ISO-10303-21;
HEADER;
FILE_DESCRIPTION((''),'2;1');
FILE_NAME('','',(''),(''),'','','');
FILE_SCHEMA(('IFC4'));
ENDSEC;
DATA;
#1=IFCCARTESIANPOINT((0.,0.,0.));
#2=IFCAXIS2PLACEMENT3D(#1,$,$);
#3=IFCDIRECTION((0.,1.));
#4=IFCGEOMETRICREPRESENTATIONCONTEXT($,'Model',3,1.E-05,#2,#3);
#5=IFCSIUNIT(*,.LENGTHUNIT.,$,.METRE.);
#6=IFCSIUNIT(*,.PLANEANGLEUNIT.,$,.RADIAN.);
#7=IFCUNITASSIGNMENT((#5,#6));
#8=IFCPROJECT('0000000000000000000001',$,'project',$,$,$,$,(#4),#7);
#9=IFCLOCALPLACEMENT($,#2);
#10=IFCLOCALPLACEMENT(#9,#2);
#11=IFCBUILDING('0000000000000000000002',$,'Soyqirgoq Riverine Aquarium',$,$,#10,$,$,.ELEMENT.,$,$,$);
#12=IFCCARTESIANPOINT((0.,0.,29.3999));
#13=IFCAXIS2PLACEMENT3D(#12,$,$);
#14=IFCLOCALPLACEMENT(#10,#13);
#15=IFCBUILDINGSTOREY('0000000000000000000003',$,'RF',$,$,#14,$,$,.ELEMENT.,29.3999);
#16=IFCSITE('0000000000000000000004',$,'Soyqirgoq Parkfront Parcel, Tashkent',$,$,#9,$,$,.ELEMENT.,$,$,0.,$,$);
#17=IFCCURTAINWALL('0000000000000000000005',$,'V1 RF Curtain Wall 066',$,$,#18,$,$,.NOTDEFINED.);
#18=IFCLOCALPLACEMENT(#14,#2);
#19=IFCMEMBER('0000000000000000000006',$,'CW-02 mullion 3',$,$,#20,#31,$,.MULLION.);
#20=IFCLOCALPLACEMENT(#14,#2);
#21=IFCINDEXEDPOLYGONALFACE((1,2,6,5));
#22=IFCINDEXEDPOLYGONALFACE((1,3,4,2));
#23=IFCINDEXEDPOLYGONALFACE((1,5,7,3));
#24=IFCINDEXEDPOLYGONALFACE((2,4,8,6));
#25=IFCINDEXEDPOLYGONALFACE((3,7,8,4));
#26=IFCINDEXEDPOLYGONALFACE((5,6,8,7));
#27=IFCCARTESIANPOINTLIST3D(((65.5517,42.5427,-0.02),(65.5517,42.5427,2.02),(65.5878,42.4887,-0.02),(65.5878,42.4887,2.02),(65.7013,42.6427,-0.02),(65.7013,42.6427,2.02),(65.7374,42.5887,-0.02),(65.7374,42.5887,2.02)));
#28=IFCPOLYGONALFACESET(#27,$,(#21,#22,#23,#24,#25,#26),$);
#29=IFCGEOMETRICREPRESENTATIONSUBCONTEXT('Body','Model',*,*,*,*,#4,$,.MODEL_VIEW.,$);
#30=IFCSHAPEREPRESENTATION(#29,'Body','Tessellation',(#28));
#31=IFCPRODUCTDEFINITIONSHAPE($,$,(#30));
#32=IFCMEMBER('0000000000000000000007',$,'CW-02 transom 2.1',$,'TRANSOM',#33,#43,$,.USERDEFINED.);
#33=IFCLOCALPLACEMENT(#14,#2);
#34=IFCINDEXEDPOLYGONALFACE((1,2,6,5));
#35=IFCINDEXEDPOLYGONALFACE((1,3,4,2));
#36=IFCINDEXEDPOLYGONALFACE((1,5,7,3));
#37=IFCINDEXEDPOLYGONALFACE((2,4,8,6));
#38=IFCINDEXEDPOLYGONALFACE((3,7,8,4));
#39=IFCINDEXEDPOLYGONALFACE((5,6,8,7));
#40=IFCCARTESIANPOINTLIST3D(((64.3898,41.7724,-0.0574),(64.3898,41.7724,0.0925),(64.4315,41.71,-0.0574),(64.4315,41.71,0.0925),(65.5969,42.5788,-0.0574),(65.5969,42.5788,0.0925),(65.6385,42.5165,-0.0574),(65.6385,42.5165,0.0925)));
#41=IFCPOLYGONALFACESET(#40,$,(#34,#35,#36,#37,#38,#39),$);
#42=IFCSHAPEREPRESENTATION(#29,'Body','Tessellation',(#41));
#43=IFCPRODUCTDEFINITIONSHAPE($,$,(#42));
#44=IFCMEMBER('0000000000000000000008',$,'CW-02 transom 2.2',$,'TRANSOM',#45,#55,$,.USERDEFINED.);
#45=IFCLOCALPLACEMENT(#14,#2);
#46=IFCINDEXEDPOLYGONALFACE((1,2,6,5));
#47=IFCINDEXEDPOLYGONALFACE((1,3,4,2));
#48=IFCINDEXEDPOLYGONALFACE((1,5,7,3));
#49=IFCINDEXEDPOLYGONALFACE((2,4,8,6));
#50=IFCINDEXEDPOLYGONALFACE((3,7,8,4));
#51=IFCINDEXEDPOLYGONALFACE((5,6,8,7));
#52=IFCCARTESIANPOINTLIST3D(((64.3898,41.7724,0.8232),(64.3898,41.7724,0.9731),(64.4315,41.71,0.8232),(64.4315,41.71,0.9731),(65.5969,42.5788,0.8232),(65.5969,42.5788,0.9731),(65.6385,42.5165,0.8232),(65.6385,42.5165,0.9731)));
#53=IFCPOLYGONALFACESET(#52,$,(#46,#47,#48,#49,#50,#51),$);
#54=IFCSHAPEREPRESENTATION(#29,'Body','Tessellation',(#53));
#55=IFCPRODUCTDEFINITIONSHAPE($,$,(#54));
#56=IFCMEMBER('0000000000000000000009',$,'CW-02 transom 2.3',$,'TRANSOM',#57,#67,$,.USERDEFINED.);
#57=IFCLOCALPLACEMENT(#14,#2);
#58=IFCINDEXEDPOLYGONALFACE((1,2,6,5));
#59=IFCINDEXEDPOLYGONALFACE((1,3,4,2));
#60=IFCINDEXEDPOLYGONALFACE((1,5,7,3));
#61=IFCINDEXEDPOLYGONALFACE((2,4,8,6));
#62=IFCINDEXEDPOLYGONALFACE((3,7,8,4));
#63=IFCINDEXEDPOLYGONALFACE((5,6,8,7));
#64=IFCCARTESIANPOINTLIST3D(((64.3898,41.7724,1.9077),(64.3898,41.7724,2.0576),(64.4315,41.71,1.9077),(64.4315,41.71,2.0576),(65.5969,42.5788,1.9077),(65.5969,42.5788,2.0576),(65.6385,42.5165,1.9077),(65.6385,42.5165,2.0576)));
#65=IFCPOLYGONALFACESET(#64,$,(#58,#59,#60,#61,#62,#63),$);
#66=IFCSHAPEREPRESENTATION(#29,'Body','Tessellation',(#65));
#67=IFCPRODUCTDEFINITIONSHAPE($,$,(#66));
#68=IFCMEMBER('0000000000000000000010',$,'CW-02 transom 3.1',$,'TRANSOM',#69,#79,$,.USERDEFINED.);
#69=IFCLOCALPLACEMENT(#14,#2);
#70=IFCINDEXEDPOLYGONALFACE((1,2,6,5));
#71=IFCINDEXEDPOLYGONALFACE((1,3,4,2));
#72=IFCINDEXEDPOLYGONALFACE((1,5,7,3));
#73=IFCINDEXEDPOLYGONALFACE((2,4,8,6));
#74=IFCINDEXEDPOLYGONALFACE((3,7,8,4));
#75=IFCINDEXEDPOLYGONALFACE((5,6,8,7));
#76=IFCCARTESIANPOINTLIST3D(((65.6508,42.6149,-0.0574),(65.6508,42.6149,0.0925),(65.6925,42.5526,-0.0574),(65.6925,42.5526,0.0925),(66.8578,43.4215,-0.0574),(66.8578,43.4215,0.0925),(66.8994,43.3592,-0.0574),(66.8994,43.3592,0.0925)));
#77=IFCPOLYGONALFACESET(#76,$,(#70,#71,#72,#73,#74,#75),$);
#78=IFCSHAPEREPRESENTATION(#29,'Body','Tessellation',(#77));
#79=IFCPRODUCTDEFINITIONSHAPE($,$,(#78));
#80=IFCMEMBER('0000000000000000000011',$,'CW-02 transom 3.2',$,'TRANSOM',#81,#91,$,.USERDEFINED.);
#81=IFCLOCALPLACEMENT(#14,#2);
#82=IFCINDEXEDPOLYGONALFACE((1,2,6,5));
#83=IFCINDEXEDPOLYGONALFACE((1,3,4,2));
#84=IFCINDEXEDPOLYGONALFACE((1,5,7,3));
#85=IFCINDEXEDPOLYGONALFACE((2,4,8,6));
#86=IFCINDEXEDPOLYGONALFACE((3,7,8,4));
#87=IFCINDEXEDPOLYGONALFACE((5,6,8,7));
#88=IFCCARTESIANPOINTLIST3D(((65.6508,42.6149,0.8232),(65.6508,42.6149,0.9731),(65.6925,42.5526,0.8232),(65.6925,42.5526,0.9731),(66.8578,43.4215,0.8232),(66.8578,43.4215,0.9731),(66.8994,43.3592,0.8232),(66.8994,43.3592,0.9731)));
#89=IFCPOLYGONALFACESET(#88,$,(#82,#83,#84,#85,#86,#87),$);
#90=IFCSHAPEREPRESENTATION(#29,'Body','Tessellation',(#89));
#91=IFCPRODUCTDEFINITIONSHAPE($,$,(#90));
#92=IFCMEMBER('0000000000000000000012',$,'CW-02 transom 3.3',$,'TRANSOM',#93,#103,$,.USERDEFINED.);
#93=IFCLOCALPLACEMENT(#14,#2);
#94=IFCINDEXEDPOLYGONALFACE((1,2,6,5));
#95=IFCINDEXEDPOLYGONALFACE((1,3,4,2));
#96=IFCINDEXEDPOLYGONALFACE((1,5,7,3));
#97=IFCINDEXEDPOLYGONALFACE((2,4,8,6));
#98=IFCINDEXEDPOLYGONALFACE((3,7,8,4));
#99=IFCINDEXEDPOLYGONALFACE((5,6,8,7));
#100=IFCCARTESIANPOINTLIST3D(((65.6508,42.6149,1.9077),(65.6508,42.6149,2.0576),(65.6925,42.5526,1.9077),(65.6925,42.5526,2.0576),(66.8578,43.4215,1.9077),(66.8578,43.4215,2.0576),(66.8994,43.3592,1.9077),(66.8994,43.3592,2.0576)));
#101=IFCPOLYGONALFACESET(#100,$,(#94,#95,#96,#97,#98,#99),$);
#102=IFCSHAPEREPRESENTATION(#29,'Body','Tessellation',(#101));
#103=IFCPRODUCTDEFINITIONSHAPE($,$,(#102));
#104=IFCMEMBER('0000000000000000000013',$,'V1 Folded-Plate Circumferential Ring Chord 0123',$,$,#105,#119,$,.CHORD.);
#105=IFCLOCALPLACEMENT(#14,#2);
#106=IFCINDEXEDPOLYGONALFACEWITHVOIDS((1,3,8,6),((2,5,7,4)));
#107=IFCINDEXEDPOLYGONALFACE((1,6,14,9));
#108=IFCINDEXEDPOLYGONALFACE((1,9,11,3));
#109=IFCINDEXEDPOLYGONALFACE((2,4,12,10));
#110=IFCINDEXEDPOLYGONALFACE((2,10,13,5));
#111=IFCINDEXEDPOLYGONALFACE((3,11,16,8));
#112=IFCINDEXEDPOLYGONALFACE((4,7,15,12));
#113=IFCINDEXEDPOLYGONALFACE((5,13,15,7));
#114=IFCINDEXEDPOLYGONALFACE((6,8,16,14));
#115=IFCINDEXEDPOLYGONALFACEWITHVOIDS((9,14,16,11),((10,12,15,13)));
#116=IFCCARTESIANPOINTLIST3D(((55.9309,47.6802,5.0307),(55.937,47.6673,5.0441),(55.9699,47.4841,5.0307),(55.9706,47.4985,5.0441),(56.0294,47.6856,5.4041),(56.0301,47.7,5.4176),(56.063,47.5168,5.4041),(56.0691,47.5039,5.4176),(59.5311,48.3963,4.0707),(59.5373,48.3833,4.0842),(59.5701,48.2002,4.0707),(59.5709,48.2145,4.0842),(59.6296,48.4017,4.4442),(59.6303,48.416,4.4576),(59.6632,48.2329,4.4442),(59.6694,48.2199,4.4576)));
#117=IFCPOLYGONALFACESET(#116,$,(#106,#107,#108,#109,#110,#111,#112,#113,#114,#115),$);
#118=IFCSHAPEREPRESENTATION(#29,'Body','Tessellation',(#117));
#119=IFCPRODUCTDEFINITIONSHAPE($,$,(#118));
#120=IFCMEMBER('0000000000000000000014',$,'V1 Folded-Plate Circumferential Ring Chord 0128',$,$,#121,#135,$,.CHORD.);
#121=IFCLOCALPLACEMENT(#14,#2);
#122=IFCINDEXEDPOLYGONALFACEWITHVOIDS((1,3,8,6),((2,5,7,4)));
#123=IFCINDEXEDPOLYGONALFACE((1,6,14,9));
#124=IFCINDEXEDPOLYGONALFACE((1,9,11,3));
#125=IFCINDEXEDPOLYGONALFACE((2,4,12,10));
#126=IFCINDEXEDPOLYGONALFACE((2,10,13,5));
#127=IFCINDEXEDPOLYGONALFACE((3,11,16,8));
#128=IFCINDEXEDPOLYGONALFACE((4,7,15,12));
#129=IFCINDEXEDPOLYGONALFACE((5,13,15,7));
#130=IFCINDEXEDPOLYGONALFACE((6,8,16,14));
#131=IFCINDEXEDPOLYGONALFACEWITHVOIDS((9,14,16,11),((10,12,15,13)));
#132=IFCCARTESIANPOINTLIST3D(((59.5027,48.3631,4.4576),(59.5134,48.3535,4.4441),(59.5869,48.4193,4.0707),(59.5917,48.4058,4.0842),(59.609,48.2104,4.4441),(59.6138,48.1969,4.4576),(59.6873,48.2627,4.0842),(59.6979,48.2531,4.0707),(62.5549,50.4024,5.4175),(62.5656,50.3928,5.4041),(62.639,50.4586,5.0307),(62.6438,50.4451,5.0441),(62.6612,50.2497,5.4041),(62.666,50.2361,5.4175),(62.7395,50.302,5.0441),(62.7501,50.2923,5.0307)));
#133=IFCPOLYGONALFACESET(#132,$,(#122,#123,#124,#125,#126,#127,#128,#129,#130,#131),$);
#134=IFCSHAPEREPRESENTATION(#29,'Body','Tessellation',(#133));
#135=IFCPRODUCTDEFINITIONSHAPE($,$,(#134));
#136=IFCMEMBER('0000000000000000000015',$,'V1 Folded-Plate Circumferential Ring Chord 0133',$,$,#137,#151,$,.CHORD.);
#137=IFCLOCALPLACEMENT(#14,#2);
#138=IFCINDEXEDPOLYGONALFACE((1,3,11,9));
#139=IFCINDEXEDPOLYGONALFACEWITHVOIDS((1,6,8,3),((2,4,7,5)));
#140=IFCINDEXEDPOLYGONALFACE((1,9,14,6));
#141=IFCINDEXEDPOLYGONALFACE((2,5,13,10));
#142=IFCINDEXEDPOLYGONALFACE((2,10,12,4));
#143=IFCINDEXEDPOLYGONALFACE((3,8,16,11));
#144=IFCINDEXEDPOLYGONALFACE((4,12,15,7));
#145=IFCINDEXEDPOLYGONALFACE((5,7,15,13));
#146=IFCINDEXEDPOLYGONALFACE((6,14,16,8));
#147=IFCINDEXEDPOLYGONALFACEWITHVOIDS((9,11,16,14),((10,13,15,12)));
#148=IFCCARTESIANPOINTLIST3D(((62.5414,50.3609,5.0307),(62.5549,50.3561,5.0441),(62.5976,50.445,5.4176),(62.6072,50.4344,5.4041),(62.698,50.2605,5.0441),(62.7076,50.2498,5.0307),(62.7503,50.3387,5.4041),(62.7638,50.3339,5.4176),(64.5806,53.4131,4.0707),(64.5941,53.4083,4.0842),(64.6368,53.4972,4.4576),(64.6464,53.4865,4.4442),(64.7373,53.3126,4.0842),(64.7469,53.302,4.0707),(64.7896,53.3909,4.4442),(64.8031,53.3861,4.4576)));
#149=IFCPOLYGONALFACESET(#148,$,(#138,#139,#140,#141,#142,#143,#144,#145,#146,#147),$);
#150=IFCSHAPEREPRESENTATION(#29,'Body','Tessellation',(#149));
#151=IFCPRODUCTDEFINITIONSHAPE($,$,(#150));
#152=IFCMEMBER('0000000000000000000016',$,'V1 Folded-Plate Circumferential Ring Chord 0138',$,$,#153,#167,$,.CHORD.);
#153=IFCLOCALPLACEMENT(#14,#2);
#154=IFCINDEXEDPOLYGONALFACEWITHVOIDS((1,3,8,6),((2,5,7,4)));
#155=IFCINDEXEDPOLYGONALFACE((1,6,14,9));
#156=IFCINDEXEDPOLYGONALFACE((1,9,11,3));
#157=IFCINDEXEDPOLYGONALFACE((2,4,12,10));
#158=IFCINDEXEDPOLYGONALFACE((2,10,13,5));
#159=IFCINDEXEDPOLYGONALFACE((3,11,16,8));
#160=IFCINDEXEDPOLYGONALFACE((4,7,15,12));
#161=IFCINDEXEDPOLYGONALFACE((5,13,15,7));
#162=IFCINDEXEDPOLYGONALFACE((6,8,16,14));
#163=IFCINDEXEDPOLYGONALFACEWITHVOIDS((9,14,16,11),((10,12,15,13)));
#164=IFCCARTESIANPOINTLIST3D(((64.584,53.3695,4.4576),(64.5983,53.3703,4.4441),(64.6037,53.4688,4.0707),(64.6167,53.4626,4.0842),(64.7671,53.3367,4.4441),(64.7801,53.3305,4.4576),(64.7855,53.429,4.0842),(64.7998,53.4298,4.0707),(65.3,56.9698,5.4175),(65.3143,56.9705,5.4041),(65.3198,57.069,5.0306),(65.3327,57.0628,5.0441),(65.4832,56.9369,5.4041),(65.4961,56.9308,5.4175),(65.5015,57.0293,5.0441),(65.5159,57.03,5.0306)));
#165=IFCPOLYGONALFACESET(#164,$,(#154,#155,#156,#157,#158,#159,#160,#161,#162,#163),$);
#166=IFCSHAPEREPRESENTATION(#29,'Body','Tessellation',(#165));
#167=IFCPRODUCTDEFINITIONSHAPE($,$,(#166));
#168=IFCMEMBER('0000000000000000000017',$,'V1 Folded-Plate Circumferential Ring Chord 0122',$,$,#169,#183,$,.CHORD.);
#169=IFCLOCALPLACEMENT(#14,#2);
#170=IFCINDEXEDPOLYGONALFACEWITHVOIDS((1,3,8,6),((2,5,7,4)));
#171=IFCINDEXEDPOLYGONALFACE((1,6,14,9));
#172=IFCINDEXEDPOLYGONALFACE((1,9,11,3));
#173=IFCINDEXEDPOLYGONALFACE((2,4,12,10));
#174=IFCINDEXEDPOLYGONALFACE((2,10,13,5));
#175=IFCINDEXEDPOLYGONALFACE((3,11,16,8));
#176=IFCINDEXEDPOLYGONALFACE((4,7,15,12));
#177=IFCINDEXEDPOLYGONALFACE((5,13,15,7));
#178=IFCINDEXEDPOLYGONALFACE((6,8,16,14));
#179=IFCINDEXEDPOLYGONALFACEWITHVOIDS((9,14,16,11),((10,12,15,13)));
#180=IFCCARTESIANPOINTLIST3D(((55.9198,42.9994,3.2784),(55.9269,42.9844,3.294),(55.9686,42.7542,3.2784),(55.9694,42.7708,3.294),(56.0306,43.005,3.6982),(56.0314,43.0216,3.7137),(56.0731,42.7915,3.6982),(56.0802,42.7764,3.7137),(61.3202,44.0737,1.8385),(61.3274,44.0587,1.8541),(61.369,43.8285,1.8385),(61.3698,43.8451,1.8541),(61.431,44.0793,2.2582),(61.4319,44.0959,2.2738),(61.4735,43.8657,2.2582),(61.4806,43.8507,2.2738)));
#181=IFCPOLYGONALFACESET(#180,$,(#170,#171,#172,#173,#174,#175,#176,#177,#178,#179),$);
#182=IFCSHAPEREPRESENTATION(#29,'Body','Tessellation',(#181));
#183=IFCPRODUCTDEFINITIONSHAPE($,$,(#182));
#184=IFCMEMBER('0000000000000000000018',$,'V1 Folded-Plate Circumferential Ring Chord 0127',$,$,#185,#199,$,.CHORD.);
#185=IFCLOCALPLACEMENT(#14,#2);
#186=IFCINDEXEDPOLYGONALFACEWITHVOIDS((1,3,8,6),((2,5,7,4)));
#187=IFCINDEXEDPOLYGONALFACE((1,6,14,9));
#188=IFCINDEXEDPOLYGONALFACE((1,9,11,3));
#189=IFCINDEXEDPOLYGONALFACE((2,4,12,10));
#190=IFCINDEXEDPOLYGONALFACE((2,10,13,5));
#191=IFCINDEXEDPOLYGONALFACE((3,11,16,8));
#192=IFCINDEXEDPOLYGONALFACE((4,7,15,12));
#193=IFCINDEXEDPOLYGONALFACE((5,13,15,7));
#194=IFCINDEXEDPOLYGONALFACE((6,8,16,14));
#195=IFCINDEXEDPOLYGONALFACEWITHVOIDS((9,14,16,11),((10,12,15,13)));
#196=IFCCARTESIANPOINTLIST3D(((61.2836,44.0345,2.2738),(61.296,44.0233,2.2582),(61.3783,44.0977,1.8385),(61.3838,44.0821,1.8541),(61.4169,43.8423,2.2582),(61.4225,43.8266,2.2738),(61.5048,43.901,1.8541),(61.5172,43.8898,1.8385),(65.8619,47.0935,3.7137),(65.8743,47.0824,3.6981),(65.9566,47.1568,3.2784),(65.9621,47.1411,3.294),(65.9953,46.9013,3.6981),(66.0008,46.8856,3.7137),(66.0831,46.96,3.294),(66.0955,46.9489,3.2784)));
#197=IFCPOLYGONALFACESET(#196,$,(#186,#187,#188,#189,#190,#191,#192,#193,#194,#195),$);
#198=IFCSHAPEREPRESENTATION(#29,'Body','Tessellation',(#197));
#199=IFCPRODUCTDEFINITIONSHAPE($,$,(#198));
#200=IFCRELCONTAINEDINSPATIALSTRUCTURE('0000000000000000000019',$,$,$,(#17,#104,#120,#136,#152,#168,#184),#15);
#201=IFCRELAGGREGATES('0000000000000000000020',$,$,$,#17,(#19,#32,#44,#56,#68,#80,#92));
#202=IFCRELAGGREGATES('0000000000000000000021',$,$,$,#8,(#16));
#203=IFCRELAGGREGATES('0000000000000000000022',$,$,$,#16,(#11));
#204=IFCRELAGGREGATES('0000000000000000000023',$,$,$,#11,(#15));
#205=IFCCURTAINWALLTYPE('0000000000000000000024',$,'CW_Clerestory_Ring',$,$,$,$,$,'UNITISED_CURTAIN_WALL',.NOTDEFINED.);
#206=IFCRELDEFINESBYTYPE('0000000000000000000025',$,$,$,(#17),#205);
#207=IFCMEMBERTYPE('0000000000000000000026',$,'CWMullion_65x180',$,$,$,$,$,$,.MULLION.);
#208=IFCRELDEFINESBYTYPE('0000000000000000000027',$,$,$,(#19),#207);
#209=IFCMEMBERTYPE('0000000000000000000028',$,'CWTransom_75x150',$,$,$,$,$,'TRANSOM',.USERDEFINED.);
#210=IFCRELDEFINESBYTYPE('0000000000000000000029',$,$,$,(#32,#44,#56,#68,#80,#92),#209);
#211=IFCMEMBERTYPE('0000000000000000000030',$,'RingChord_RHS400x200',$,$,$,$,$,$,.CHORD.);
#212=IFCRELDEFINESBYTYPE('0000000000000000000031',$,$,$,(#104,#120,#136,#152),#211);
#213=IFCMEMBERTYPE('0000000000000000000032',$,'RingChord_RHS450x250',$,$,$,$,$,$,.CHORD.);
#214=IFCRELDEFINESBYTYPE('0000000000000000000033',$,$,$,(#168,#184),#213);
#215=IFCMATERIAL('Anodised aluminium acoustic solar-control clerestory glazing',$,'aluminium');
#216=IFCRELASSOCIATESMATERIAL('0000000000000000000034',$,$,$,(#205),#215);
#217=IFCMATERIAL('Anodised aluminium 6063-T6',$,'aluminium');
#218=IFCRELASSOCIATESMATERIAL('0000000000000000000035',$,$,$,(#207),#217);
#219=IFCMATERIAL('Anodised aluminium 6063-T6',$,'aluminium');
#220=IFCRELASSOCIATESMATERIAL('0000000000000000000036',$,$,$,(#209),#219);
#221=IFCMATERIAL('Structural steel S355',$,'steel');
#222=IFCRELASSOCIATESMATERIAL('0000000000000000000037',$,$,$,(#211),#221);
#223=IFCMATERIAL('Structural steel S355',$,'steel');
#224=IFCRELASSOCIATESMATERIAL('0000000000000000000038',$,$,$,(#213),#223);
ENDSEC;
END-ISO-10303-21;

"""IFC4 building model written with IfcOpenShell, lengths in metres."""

from ifc_helpers import new_model, si_unit, direction, frame, origin, origin_2d, place, context, subcontext, project, spatial, rectangle, hollow_rectangle, extrude, material, material_profile, profile_set, type_object, element, aggregate, save


model = new_model("IFC4")

# Units and contexts
model_context = context("Model", 3, precision=1e-05, world=origin(), true_north=direction((0.0, 1.0)))
body_context = subcontext(model_context, "Body", "Model", "MODEL_VIEW")
ifc_project = project(units=[si_unit("LENGTHUNIT", "METRE"), si_unit("PLANEANGLEUNIT", "RADIAN")], contexts=[model_context])

# Site, building, storey
site_placement = place(None, origin())
site = spatial("IfcSite", under=ifc_project, at=site_placement, Name="Soyqirgoq Parkfront Parcel, Tashkent", CompositionType="ELEMENT", RefElevation=0.0)
building_placement = place(site_placement, origin())
building = spatial("IfcBuilding", under=site, at=building_placement, Name="Soyqirgoq Riverine Aquarium", CompositionType="ELEMENT")
storey_placement = place(building_placement, frame((0.0, 0.0, 29.3999)))
storey = spatial("IfcBuildingStorey", under=building, at=storey_placement, Name="RF", CompositionType="ELEMENT", Elevation=29.3999)

# Curtain wall, members
ifc_material_1 = material(Name="Anodised aluminium acoustic solar-control clerestory glazing", Category="aluminium")
curtain_wall_type = type_object("IfcCurtainWallType", Name="CW_Clerestory_Ring", ElementType="UNITISED_CURTAIN_WALL", PredefinedType="NOTDEFINED", material=ifc_material_1)
curtain_wall_placement = place(storey_placement, origin())
curtain_wall = element("IfcCurtainWall", 1, at=curtain_wall_placement, inside=storey, type_object=curtain_wall_type, Name="V1 RF Curtain Wall 066", PredefinedType="NOTDEFINED")
ifc_material_2 = material(Name="Anodised aluminium 6063-T6", Category="aluminium")
ifc_material_profile_1 = material_profile(ifc_material_2, rectangle(XDim=0.0649, YDim=0.1799, at=origin_2d()), Name="ALU-M 65x180")
ifc_profile_set_1 = profile_set([ifc_material_profile_1], Name="Anodised aluminium 6063-T6")
member_type_1 = type_object("IfcMemberType", Name="CWMullion_65x180", PredefinedType="MULLION", material=ifc_profile_set_1)
member_1_placement = place(storey_placement, frame((65.6445, 42.5657, -0.02), z_axis=(0.0, 0.0, 1.0), x_axis=(-0.555579, 0.831464, 0.0)))
member_1 = element("IfcMember", 2, at=member_1_placement, type_object=member_type_1, Name="CW-02 mullion 3", PredefinedType="MULLION", context=body_context, shape_type="SweptSolid", body=[
    extrude(rectangle(XDim=0.0649, YDim=0.1799, at=origin_2d()), origin(), (0.0, 0.0, 1.0), 2.04),
])
ifc_material_3 = material(Name="Anodised aluminium 6063-T6", Category="aluminium")
ifc_material_profile_2 = material_profile(ifc_material_3, rectangle(XDim=0.075, YDim=0.1499, at=origin_2d()), Name="ALU-T 75x150")
ifc_profile_set_2 = profile_set([ifc_material_profile_2], Name="Anodised aluminium 6063-T6")
member_type_2 = type_object("IfcMemberType", Name="CWTransom_75x150", ElementType="TRANSOM", PredefinedType="USERDEFINED", material=ifc_profile_set_2)
member_2_placement = place(storey_placement, frame((64.4106, 41.7412, 0.0176), z_axis=(0.831507, 0.555515, 0.0), x_axis=(-0.555515, 0.831507, 0.0)))
member_2 = element("IfcMember", 3, at=member_2_placement, type_object=member_type_2, Name="CW-02 transom 2.1", ObjectType="TRANSOM", PredefinedType="USERDEFINED", context=body_context, shape_type="SweptSolid", body=[
    extrude(rectangle(XDim=0.075, YDim=0.1499, at=origin_2d()), origin(), (0.0, 0.0, 1.0), 1.4517),
])
member_3_placement = place(storey_placement, frame((64.4106, 41.7412, 0.8982), z_axis=(0.831507, 0.555515, 0.0), x_axis=(-0.555515, 0.831507, 0.0)))
member_3 = element("IfcMember", 4, at=member_3_placement, type_object=member_type_2, Name="CW-02 transom 2.2", ObjectType="TRANSOM", PredefinedType="USERDEFINED", context=body_context, shape_type="SweptSolid", body=[
    extrude(rectangle(XDim=0.075, YDim=0.1499, at=origin_2d()), origin(), (0.0, 0.0, 1.0), 1.4517),
])
member_4_placement = place(storey_placement, frame((64.4106, 41.7412, 1.9827), z_axis=(0.831507, 0.555515, 0.0), x_axis=(-0.555515, 0.831507, 0.0)))
member_4 = element("IfcMember", 5, at=member_4_placement, type_object=member_type_2, Name="CW-02 transom 2.3", ObjectType="TRANSOM", PredefinedType="USERDEFINED", context=body_context, shape_type="SweptSolid", body=[
    extrude(rectangle(XDim=0.075, YDim=0.1499, at=origin_2d()), origin(), (0.0, 0.0, 1.0), 1.4517),
])
member_5_placement = place(storey_placement, frame((65.6716, 42.5837, 0.0176), z_axis=(0.831429, 0.555631, 0.0), x_axis=(-0.555631, 0.831429, 0.0)))
member_5 = element("IfcMember", 6, at=member_5_placement, type_object=member_type_2, Name="CW-02 transom 3.1", ObjectType="TRANSOM", PredefinedType="USERDEFINED", context=body_context, shape_type="SweptSolid", body=[
    extrude(rectangle(XDim=0.075, YDim=0.1499, at=origin_2d()), origin(), (0.0, 0.0, 1.0), 1.4517),
])
member_6_placement = place(storey_placement, frame((65.6716, 42.5837, 0.8982), z_axis=(0.831429, 0.555631, 0.0), x_axis=(-0.555631, 0.831429, 0.0)))
member_6 = element("IfcMember", 7, at=member_6_placement, type_object=member_type_2, Name="CW-02 transom 3.2", ObjectType="TRANSOM", PredefinedType="USERDEFINED", context=body_context, shape_type="SweptSolid", body=[
    extrude(rectangle(XDim=0.075, YDim=0.1499, at=origin_2d()), origin(), (0.0, 0.0, 1.0), 1.4517),
])
member_7_placement = place(storey_placement, frame((65.6716, 42.5837, 1.9827), z_axis=(0.831429, 0.555631, 0.0), x_axis=(-0.555631, 0.831429, 0.0)))
member_7 = element("IfcMember", 8, at=member_7_placement, type_object=member_type_2, Name="CW-02 transom 3.3", ObjectType="TRANSOM", PredefinedType="USERDEFINED", context=body_context, shape_type="SweptSolid", body=[
    extrude(rectangle(XDim=0.075, YDim=0.1499, at=origin_2d()), origin(), (0.0, 0.0, 1.0), 1.4517),
])

# Members
ifc_material_4 = material(Name="Structural steel S355", Category="steel")
ifc_material_profile_3 = material_profile(ifc_material_4, hollow_rectangle(XDim=0.2, YDim=0.3999, WallThickness=0.0139, at=origin_2d()), Name="RHS 400x200x14")
ifc_profile_set_3 = profile_set([ifc_material_profile_3], Name="Structural steel S355")
member_type_3 = type_object("IfcMemberType", Name="RingChord_RHS400x200", PredefinedType="CHORD", material=ifc_profile_set_3)
for number, where, z_axis, x_axis, name in (
    (9, (56.0, 47.592, 5.2241), (0.948881, 0.188721, -0.253001), (-0.195067, 0.98079, 0.0), "V1 Folded-Plate Circumferential Ring Chord 0123"),
    (10, (59.6003, 48.3081, 4.2642), (0.804435, 0.53747, 0.253003), (-0.555544, 0.831487, 0.0), "V1 Folded-Plate Circumferential Ring Chord 0128"),
    (11, (62.6526, 50.3474, 5.2241), (0.53747, 0.804435, -0.253003), (-0.831487, 0.555544, 0.0), "V1 Folded-Plate Circumferential Ring Chord 0133"),
    (12, (64.6919, 53.3997, 4.2642), (0.188721, 0.948881, 0.253001), (-0.98079, 0.195067, 0.0), "V1 Folded-Plate Circumferential Ring Chord 0138"),
):
    element("IfcMember", number, at=place(storey_placement, frame(where, z_axis=z_axis, x_axis=x_axis)), inside=storey, type_object=member_type_3, Name=name, PredefinedType="CHORD", context=body_context, shape_type="SweptSolid", body=[
        extrude(hollow_rectangle(XDim=0.2, YDim=0.3999, WallThickness=0.0139, at=origin_2d()), origin(), (0.0, 0.0, 1.0), 3.7942),
    ])
ifc_material_5 = material(Name="Structural steel S355", Category="steel")
ifc_material_profile_4 = material_profile(ifc_material_5, hollow_rectangle(XDim=0.25, YDim=0.45, WallThickness=0.0161, at=origin_2d()), Name="RHS 450x250x16")
ifc_profile_set_4 = profile_set([ifc_material_profile_4], Name="Structural steel S355")
member_type_4 = type_object("IfcMemberType", Name="RingChord_RHS450x250", PredefinedType="CHORD", material=ifc_profile_set_4)
for number, where, z_axis, x_axis, name in (
    (13, (56.0, 42.8879, 3.4961), (0.948875, 0.188745, -0.253005), (-0.195093, 0.980785, 0.0), "V1 Folded-Plate Circumferential Ring Chord 0122"),
    (14, (61.4004, 43.9622, 2.0562), (0.804426, 0.537485, 0.253), (-0.555559, 0.831477, 0.0), "V1 Folded-Plate Circumferential Ring Chord 0127"),
):
    element("IfcMember", number, at=place(storey_placement, frame(where, z_axis=z_axis, x_axis=x_axis)), inside=storey, type_object=member_type_4, Name=name, PredefinedType="CHORD", context=body_context, shape_type="SweptSolid", body=[
        extrude(hollow_rectangle(XDim=0.25, YDim=0.45, WallThickness=0.0161, at=origin_2d()), origin(), (0.0, 0.0, 1.0), 5.6914),
    ])

aggregate(curtain_wall, [member_1, member_2, member_3, member_4, member_5, member_6, member_7])

save(model, "model.ifc")
